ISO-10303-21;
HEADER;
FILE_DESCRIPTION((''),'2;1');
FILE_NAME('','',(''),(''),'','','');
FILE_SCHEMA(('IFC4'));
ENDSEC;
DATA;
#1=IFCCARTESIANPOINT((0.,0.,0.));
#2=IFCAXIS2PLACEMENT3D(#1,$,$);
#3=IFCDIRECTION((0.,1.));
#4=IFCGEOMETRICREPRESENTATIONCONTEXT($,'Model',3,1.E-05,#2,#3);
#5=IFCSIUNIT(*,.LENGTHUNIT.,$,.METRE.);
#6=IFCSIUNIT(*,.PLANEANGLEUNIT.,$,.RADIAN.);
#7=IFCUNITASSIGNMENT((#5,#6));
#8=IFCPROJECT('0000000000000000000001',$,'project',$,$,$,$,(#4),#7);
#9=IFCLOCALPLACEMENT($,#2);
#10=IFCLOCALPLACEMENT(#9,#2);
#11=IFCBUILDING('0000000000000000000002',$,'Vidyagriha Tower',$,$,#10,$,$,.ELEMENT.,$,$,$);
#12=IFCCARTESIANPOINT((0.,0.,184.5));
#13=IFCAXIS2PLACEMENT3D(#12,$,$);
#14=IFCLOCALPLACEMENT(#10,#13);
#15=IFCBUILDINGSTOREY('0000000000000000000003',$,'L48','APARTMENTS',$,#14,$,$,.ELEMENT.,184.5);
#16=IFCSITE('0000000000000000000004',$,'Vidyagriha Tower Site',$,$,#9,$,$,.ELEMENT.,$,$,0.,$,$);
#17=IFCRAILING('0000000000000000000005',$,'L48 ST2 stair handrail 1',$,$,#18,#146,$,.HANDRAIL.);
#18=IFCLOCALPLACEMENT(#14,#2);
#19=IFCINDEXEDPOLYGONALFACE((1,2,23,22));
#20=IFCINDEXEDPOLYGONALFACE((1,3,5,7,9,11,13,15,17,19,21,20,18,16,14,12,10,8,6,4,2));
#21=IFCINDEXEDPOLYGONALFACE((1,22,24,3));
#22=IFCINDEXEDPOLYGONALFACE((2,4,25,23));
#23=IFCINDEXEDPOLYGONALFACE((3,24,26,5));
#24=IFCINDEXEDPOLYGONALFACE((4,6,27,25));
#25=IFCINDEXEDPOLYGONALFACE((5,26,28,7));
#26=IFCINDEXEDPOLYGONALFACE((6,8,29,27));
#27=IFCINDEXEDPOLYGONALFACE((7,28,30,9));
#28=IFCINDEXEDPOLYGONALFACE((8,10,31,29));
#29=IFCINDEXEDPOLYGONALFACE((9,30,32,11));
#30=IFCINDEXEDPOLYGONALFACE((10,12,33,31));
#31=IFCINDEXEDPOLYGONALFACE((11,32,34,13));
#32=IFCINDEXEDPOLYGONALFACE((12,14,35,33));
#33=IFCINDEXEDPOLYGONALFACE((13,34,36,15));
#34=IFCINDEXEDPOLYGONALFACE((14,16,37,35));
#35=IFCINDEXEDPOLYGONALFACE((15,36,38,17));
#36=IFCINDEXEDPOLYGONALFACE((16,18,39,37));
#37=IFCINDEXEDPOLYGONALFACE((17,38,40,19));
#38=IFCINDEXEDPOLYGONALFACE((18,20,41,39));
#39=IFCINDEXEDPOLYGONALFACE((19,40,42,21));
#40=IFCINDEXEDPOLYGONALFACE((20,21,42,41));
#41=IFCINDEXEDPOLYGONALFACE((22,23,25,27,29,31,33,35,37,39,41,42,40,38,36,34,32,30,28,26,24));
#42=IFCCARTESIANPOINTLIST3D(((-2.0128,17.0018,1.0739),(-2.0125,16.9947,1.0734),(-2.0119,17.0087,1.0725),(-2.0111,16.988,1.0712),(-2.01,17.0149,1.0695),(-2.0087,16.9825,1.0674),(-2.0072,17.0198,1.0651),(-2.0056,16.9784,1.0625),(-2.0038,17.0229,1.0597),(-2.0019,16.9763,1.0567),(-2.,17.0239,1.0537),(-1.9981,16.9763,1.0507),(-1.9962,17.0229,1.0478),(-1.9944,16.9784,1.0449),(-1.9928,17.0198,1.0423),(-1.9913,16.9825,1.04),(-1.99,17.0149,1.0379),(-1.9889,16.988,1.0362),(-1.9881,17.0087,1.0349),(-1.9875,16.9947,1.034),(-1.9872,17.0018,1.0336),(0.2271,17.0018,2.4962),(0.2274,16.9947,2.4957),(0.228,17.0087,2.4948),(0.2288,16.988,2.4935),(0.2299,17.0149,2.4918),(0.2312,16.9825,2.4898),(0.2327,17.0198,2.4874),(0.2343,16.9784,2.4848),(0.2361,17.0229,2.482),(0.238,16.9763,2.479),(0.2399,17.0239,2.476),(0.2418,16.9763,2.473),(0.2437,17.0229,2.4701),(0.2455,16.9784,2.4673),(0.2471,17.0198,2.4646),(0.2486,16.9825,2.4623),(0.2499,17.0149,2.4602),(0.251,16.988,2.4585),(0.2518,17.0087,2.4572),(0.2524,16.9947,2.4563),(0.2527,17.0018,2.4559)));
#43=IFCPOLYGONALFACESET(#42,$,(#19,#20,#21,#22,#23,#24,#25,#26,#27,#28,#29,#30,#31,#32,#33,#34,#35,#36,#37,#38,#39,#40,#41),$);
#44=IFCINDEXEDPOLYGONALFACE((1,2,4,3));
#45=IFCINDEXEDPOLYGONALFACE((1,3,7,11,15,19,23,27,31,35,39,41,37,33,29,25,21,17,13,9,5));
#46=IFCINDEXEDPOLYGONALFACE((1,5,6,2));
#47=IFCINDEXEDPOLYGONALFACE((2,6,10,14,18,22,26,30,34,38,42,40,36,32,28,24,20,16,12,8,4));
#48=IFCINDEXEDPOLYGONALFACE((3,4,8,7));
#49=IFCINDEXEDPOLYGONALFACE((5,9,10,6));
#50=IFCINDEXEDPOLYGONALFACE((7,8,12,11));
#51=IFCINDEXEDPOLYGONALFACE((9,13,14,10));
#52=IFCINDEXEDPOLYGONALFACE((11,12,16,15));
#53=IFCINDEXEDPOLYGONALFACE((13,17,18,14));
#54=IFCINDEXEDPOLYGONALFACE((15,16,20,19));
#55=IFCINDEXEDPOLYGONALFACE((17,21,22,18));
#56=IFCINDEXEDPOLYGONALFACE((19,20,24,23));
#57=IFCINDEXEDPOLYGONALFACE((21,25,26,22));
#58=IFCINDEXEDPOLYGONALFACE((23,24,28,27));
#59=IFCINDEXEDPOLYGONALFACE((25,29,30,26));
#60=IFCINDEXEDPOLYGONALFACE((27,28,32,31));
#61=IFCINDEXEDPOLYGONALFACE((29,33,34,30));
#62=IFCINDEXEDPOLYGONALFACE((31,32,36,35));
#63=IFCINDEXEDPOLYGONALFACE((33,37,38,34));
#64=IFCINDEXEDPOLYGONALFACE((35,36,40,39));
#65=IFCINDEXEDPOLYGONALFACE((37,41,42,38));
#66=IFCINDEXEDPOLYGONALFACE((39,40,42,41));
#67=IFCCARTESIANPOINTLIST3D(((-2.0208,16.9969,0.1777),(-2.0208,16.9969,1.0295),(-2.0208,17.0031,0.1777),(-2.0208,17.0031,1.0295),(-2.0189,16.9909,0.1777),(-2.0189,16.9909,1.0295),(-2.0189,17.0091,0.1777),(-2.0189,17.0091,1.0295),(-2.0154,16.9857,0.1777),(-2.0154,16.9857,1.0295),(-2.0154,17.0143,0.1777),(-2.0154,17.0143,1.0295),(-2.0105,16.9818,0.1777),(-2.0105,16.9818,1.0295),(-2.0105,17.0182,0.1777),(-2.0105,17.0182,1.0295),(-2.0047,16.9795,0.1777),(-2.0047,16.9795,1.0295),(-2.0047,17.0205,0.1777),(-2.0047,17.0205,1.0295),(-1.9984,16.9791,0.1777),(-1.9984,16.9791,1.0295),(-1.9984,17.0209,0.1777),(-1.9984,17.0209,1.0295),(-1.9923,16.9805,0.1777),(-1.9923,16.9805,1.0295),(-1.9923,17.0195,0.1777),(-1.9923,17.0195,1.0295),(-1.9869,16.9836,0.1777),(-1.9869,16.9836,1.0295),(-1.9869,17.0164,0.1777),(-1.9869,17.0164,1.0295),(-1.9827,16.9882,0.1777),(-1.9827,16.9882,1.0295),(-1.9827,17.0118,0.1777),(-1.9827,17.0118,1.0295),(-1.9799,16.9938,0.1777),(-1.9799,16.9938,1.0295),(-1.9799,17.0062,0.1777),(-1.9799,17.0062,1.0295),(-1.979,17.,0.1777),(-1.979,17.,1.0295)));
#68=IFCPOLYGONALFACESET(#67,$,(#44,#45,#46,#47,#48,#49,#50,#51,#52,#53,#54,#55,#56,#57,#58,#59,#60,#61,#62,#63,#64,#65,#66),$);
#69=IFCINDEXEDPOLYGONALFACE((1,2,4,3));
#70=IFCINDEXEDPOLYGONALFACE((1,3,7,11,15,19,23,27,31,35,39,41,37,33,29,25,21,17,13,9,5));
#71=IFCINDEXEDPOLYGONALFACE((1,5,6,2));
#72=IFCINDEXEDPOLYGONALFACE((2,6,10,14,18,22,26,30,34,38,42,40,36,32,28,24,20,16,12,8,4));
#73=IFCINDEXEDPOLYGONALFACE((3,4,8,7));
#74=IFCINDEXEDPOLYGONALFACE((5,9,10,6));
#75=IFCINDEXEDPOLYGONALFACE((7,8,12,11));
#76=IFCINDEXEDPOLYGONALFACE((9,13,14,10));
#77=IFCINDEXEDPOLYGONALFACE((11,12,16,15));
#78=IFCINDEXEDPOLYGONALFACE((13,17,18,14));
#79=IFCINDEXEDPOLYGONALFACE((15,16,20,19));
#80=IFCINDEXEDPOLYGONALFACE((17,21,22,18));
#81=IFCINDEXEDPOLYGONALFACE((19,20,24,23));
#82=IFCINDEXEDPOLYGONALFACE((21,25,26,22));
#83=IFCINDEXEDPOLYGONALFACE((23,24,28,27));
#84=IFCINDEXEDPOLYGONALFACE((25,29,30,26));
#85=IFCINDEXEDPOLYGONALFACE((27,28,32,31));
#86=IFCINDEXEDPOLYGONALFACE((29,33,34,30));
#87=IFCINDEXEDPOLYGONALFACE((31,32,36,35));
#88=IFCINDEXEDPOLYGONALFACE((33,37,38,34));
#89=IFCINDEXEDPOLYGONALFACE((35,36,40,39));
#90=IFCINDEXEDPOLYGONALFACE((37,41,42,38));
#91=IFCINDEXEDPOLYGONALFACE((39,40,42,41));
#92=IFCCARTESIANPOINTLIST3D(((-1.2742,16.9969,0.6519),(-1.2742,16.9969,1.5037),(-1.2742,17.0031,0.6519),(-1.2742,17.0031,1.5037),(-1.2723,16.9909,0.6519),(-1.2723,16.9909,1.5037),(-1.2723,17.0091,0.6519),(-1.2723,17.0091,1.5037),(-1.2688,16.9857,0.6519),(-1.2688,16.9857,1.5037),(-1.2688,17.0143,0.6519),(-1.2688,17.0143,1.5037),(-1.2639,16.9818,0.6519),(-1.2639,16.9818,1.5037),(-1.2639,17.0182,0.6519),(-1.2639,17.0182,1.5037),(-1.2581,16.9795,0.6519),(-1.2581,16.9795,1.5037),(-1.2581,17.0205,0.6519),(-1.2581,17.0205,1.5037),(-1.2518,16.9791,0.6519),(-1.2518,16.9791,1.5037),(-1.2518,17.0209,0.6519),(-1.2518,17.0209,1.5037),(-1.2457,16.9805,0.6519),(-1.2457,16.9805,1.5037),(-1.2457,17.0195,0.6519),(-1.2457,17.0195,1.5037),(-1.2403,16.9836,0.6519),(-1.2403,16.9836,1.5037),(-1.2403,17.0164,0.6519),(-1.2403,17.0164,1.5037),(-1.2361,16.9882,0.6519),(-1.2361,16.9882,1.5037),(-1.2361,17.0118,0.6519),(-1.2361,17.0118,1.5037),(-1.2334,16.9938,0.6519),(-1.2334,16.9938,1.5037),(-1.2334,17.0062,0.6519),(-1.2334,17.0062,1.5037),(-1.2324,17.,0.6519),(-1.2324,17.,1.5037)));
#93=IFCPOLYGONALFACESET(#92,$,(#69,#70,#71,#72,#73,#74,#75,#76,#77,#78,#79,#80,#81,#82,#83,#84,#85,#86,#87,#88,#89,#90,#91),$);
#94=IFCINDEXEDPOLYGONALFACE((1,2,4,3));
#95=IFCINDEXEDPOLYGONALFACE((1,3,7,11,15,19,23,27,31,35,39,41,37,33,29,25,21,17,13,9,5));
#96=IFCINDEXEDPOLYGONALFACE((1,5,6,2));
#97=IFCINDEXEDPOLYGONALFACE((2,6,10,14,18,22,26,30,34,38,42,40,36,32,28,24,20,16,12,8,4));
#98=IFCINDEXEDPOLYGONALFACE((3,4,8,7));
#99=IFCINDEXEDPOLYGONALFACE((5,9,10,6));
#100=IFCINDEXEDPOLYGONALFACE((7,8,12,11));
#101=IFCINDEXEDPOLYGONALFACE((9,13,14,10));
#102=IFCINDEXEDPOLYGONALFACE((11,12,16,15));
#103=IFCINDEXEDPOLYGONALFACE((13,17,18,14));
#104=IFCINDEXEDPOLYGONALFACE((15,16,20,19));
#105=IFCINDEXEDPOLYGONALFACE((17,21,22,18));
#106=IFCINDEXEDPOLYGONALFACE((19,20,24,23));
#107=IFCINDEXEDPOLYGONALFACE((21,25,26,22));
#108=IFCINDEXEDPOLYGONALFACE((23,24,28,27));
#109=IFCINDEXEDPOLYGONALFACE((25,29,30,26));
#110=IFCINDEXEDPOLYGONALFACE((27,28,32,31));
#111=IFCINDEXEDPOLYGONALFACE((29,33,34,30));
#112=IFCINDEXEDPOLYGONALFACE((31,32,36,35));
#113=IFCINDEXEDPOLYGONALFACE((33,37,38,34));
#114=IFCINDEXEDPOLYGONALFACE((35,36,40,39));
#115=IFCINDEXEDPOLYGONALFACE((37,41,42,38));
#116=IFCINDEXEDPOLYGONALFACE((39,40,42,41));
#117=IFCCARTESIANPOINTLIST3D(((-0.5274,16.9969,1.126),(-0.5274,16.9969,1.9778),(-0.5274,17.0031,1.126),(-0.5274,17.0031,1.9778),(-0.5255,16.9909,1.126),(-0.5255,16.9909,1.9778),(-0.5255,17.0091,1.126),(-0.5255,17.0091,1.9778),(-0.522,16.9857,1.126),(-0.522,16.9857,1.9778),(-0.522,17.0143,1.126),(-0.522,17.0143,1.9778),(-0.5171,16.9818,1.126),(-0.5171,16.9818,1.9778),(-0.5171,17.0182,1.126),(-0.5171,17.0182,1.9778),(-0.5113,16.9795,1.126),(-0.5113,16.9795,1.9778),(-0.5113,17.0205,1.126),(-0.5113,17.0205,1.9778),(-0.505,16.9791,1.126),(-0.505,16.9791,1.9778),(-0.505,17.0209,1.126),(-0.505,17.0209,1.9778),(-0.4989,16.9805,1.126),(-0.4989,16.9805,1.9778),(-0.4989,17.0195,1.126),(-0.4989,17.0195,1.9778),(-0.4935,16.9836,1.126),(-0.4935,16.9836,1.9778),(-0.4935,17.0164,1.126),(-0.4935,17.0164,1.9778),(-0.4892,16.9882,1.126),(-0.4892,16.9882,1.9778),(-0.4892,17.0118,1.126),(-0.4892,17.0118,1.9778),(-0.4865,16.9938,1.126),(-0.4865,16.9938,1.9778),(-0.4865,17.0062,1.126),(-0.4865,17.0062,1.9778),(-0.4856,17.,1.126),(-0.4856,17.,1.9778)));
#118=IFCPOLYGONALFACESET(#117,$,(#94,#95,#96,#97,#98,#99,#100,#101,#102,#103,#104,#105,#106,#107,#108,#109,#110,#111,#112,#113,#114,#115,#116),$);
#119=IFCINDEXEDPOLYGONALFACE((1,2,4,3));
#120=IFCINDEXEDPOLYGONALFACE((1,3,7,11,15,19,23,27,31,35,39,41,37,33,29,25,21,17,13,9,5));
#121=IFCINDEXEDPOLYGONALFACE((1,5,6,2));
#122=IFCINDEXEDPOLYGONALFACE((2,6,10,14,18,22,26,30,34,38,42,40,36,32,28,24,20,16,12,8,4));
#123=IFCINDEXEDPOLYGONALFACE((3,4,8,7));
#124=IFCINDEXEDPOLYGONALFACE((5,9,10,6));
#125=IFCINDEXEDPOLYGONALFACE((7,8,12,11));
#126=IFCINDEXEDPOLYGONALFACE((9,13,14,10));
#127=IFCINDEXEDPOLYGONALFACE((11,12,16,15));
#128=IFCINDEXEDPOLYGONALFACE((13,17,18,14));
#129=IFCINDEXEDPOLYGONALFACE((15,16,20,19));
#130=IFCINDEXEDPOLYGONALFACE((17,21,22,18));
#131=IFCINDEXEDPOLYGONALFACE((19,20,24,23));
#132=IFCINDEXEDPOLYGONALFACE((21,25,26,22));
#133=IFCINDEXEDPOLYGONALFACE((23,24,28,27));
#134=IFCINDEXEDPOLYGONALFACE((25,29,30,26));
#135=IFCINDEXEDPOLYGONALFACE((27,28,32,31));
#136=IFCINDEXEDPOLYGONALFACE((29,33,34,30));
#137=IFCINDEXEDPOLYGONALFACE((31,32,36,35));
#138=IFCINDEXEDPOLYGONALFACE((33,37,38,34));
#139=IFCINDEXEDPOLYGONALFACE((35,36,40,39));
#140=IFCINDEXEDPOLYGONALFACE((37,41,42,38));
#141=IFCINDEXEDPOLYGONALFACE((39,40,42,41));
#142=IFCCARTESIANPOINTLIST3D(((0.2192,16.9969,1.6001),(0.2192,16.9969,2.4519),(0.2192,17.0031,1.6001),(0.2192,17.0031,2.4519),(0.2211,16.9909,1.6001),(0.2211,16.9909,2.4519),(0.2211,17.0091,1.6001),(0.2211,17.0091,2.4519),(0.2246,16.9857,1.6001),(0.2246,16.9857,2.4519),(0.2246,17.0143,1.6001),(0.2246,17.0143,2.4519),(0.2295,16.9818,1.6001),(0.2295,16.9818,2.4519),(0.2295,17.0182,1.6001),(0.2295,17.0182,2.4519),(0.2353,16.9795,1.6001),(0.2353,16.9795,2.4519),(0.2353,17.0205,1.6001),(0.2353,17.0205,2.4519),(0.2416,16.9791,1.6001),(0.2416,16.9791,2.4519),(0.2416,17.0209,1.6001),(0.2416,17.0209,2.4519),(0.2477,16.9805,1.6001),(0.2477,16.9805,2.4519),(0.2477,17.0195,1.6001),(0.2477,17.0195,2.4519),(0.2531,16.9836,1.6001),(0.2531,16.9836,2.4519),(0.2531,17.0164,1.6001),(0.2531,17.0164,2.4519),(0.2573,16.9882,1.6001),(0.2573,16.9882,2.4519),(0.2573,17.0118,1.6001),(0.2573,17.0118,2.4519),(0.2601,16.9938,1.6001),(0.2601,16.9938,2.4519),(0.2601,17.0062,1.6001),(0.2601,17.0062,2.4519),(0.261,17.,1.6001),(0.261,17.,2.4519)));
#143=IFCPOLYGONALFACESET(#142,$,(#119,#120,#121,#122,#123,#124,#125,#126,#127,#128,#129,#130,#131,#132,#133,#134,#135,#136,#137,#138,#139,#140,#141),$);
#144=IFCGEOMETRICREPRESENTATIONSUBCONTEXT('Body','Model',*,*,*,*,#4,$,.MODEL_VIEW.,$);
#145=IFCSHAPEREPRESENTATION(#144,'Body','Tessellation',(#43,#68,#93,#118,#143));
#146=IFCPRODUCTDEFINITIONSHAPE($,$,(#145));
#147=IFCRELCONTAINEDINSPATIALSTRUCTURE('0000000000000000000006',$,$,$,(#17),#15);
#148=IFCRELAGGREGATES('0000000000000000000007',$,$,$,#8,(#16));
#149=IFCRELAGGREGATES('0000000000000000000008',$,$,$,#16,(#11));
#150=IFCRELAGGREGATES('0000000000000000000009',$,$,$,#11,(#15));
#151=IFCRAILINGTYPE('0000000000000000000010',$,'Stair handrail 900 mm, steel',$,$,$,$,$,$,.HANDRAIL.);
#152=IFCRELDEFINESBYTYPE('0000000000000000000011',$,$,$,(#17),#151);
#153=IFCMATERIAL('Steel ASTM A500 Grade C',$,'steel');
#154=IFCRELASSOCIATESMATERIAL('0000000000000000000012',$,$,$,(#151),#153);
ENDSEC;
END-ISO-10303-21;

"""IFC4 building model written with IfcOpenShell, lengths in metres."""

from ifc_helpers import new_model, si_unit, direction, frame, origin, origin_2d, place, context, subcontext, project, spatial, circle, extrude, material, type_object, element, save


model = new_model("IFC4")

# Units and contexts
model_context = context("Model", 3, precision=1e-05, world=origin(), true_north=direction((0.0, 1.0)))
body_context = subcontext(model_context, "Body", "Model", "MODEL_VIEW")
ifc_project = project(units=[si_unit("LENGTHUNIT", "METRE"), si_unit("PLANEANGLEUNIT", "RADIAN")], contexts=[model_context])

# Site, building, storey
site_placement = place(None, origin())
site = spatial("IfcSite", under=ifc_project, at=site_placement, Name="Vidyagriha Tower Site", CompositionType="ELEMENT", RefElevation=0.0)
building_placement = place(site_placement, origin())
building = spatial("IfcBuilding", under=site, at=building_placement, Name="Vidyagriha Tower", CompositionType="ELEMENT")
storey_placement = place(building_placement, frame((0.0, 0.0, 184.5)))
storey = spatial("IfcBuildingStorey", under=building, at=storey_placement, Name="L48", Description="APARTMENTS", CompositionType="ELEMENT", Elevation=184.5)

# Railing
ifc_material_1 = material(Name="Steel ASTM A500 Grade C", Category="steel")
railing_type_1 = type_object("IfcRailingType", Name="Stair handrail 900 mm, steel", PredefinedType="HANDRAIL", material=ifc_material_1)
railing_1_placement = place(storey_placement, frame((-2.0, 17.0, 0.1777)))
element("IfcRailing", 1, at=railing_1_placement, inside=storey, type_object=railing_type_1, Name="L48 ST2 stair handrail 1", PredefinedType="HANDRAIL", context=body_context, shape_type="SweptSolid", body=[
    extrude(circle(Radius=0.0239, at=origin_2d()), frame((0.0, 0.0, 0.876), z_axis=(0.844188, 0.0, 0.536048), x_axis=(0.0, 1.0, 0.0)), (0.0, 0.0, 1.0), 2.6533),
    extrude(circle(Radius=0.021, at=origin_2d()), origin(), (0.0, 0.0, 1.0), 0.8518),
    extrude(circle(Radius=0.021, at=origin_2d()), frame((0.7466, 0.0, 0.4741)), (0.0, 0.0, 1.0), 0.8518),
    extrude(circle(Radius=0.021, at=origin_2d()), frame((1.4934, 0.0, 0.9482)), (0.0, 0.0, 1.0), 0.8518),
    extrude(circle(Radius=0.021, at=origin_2d()), frame((2.24, 0.0, 1.4224)), (0.0, 0.0, 1.0), 0.8518),
])

save(model, "model.ifc")
